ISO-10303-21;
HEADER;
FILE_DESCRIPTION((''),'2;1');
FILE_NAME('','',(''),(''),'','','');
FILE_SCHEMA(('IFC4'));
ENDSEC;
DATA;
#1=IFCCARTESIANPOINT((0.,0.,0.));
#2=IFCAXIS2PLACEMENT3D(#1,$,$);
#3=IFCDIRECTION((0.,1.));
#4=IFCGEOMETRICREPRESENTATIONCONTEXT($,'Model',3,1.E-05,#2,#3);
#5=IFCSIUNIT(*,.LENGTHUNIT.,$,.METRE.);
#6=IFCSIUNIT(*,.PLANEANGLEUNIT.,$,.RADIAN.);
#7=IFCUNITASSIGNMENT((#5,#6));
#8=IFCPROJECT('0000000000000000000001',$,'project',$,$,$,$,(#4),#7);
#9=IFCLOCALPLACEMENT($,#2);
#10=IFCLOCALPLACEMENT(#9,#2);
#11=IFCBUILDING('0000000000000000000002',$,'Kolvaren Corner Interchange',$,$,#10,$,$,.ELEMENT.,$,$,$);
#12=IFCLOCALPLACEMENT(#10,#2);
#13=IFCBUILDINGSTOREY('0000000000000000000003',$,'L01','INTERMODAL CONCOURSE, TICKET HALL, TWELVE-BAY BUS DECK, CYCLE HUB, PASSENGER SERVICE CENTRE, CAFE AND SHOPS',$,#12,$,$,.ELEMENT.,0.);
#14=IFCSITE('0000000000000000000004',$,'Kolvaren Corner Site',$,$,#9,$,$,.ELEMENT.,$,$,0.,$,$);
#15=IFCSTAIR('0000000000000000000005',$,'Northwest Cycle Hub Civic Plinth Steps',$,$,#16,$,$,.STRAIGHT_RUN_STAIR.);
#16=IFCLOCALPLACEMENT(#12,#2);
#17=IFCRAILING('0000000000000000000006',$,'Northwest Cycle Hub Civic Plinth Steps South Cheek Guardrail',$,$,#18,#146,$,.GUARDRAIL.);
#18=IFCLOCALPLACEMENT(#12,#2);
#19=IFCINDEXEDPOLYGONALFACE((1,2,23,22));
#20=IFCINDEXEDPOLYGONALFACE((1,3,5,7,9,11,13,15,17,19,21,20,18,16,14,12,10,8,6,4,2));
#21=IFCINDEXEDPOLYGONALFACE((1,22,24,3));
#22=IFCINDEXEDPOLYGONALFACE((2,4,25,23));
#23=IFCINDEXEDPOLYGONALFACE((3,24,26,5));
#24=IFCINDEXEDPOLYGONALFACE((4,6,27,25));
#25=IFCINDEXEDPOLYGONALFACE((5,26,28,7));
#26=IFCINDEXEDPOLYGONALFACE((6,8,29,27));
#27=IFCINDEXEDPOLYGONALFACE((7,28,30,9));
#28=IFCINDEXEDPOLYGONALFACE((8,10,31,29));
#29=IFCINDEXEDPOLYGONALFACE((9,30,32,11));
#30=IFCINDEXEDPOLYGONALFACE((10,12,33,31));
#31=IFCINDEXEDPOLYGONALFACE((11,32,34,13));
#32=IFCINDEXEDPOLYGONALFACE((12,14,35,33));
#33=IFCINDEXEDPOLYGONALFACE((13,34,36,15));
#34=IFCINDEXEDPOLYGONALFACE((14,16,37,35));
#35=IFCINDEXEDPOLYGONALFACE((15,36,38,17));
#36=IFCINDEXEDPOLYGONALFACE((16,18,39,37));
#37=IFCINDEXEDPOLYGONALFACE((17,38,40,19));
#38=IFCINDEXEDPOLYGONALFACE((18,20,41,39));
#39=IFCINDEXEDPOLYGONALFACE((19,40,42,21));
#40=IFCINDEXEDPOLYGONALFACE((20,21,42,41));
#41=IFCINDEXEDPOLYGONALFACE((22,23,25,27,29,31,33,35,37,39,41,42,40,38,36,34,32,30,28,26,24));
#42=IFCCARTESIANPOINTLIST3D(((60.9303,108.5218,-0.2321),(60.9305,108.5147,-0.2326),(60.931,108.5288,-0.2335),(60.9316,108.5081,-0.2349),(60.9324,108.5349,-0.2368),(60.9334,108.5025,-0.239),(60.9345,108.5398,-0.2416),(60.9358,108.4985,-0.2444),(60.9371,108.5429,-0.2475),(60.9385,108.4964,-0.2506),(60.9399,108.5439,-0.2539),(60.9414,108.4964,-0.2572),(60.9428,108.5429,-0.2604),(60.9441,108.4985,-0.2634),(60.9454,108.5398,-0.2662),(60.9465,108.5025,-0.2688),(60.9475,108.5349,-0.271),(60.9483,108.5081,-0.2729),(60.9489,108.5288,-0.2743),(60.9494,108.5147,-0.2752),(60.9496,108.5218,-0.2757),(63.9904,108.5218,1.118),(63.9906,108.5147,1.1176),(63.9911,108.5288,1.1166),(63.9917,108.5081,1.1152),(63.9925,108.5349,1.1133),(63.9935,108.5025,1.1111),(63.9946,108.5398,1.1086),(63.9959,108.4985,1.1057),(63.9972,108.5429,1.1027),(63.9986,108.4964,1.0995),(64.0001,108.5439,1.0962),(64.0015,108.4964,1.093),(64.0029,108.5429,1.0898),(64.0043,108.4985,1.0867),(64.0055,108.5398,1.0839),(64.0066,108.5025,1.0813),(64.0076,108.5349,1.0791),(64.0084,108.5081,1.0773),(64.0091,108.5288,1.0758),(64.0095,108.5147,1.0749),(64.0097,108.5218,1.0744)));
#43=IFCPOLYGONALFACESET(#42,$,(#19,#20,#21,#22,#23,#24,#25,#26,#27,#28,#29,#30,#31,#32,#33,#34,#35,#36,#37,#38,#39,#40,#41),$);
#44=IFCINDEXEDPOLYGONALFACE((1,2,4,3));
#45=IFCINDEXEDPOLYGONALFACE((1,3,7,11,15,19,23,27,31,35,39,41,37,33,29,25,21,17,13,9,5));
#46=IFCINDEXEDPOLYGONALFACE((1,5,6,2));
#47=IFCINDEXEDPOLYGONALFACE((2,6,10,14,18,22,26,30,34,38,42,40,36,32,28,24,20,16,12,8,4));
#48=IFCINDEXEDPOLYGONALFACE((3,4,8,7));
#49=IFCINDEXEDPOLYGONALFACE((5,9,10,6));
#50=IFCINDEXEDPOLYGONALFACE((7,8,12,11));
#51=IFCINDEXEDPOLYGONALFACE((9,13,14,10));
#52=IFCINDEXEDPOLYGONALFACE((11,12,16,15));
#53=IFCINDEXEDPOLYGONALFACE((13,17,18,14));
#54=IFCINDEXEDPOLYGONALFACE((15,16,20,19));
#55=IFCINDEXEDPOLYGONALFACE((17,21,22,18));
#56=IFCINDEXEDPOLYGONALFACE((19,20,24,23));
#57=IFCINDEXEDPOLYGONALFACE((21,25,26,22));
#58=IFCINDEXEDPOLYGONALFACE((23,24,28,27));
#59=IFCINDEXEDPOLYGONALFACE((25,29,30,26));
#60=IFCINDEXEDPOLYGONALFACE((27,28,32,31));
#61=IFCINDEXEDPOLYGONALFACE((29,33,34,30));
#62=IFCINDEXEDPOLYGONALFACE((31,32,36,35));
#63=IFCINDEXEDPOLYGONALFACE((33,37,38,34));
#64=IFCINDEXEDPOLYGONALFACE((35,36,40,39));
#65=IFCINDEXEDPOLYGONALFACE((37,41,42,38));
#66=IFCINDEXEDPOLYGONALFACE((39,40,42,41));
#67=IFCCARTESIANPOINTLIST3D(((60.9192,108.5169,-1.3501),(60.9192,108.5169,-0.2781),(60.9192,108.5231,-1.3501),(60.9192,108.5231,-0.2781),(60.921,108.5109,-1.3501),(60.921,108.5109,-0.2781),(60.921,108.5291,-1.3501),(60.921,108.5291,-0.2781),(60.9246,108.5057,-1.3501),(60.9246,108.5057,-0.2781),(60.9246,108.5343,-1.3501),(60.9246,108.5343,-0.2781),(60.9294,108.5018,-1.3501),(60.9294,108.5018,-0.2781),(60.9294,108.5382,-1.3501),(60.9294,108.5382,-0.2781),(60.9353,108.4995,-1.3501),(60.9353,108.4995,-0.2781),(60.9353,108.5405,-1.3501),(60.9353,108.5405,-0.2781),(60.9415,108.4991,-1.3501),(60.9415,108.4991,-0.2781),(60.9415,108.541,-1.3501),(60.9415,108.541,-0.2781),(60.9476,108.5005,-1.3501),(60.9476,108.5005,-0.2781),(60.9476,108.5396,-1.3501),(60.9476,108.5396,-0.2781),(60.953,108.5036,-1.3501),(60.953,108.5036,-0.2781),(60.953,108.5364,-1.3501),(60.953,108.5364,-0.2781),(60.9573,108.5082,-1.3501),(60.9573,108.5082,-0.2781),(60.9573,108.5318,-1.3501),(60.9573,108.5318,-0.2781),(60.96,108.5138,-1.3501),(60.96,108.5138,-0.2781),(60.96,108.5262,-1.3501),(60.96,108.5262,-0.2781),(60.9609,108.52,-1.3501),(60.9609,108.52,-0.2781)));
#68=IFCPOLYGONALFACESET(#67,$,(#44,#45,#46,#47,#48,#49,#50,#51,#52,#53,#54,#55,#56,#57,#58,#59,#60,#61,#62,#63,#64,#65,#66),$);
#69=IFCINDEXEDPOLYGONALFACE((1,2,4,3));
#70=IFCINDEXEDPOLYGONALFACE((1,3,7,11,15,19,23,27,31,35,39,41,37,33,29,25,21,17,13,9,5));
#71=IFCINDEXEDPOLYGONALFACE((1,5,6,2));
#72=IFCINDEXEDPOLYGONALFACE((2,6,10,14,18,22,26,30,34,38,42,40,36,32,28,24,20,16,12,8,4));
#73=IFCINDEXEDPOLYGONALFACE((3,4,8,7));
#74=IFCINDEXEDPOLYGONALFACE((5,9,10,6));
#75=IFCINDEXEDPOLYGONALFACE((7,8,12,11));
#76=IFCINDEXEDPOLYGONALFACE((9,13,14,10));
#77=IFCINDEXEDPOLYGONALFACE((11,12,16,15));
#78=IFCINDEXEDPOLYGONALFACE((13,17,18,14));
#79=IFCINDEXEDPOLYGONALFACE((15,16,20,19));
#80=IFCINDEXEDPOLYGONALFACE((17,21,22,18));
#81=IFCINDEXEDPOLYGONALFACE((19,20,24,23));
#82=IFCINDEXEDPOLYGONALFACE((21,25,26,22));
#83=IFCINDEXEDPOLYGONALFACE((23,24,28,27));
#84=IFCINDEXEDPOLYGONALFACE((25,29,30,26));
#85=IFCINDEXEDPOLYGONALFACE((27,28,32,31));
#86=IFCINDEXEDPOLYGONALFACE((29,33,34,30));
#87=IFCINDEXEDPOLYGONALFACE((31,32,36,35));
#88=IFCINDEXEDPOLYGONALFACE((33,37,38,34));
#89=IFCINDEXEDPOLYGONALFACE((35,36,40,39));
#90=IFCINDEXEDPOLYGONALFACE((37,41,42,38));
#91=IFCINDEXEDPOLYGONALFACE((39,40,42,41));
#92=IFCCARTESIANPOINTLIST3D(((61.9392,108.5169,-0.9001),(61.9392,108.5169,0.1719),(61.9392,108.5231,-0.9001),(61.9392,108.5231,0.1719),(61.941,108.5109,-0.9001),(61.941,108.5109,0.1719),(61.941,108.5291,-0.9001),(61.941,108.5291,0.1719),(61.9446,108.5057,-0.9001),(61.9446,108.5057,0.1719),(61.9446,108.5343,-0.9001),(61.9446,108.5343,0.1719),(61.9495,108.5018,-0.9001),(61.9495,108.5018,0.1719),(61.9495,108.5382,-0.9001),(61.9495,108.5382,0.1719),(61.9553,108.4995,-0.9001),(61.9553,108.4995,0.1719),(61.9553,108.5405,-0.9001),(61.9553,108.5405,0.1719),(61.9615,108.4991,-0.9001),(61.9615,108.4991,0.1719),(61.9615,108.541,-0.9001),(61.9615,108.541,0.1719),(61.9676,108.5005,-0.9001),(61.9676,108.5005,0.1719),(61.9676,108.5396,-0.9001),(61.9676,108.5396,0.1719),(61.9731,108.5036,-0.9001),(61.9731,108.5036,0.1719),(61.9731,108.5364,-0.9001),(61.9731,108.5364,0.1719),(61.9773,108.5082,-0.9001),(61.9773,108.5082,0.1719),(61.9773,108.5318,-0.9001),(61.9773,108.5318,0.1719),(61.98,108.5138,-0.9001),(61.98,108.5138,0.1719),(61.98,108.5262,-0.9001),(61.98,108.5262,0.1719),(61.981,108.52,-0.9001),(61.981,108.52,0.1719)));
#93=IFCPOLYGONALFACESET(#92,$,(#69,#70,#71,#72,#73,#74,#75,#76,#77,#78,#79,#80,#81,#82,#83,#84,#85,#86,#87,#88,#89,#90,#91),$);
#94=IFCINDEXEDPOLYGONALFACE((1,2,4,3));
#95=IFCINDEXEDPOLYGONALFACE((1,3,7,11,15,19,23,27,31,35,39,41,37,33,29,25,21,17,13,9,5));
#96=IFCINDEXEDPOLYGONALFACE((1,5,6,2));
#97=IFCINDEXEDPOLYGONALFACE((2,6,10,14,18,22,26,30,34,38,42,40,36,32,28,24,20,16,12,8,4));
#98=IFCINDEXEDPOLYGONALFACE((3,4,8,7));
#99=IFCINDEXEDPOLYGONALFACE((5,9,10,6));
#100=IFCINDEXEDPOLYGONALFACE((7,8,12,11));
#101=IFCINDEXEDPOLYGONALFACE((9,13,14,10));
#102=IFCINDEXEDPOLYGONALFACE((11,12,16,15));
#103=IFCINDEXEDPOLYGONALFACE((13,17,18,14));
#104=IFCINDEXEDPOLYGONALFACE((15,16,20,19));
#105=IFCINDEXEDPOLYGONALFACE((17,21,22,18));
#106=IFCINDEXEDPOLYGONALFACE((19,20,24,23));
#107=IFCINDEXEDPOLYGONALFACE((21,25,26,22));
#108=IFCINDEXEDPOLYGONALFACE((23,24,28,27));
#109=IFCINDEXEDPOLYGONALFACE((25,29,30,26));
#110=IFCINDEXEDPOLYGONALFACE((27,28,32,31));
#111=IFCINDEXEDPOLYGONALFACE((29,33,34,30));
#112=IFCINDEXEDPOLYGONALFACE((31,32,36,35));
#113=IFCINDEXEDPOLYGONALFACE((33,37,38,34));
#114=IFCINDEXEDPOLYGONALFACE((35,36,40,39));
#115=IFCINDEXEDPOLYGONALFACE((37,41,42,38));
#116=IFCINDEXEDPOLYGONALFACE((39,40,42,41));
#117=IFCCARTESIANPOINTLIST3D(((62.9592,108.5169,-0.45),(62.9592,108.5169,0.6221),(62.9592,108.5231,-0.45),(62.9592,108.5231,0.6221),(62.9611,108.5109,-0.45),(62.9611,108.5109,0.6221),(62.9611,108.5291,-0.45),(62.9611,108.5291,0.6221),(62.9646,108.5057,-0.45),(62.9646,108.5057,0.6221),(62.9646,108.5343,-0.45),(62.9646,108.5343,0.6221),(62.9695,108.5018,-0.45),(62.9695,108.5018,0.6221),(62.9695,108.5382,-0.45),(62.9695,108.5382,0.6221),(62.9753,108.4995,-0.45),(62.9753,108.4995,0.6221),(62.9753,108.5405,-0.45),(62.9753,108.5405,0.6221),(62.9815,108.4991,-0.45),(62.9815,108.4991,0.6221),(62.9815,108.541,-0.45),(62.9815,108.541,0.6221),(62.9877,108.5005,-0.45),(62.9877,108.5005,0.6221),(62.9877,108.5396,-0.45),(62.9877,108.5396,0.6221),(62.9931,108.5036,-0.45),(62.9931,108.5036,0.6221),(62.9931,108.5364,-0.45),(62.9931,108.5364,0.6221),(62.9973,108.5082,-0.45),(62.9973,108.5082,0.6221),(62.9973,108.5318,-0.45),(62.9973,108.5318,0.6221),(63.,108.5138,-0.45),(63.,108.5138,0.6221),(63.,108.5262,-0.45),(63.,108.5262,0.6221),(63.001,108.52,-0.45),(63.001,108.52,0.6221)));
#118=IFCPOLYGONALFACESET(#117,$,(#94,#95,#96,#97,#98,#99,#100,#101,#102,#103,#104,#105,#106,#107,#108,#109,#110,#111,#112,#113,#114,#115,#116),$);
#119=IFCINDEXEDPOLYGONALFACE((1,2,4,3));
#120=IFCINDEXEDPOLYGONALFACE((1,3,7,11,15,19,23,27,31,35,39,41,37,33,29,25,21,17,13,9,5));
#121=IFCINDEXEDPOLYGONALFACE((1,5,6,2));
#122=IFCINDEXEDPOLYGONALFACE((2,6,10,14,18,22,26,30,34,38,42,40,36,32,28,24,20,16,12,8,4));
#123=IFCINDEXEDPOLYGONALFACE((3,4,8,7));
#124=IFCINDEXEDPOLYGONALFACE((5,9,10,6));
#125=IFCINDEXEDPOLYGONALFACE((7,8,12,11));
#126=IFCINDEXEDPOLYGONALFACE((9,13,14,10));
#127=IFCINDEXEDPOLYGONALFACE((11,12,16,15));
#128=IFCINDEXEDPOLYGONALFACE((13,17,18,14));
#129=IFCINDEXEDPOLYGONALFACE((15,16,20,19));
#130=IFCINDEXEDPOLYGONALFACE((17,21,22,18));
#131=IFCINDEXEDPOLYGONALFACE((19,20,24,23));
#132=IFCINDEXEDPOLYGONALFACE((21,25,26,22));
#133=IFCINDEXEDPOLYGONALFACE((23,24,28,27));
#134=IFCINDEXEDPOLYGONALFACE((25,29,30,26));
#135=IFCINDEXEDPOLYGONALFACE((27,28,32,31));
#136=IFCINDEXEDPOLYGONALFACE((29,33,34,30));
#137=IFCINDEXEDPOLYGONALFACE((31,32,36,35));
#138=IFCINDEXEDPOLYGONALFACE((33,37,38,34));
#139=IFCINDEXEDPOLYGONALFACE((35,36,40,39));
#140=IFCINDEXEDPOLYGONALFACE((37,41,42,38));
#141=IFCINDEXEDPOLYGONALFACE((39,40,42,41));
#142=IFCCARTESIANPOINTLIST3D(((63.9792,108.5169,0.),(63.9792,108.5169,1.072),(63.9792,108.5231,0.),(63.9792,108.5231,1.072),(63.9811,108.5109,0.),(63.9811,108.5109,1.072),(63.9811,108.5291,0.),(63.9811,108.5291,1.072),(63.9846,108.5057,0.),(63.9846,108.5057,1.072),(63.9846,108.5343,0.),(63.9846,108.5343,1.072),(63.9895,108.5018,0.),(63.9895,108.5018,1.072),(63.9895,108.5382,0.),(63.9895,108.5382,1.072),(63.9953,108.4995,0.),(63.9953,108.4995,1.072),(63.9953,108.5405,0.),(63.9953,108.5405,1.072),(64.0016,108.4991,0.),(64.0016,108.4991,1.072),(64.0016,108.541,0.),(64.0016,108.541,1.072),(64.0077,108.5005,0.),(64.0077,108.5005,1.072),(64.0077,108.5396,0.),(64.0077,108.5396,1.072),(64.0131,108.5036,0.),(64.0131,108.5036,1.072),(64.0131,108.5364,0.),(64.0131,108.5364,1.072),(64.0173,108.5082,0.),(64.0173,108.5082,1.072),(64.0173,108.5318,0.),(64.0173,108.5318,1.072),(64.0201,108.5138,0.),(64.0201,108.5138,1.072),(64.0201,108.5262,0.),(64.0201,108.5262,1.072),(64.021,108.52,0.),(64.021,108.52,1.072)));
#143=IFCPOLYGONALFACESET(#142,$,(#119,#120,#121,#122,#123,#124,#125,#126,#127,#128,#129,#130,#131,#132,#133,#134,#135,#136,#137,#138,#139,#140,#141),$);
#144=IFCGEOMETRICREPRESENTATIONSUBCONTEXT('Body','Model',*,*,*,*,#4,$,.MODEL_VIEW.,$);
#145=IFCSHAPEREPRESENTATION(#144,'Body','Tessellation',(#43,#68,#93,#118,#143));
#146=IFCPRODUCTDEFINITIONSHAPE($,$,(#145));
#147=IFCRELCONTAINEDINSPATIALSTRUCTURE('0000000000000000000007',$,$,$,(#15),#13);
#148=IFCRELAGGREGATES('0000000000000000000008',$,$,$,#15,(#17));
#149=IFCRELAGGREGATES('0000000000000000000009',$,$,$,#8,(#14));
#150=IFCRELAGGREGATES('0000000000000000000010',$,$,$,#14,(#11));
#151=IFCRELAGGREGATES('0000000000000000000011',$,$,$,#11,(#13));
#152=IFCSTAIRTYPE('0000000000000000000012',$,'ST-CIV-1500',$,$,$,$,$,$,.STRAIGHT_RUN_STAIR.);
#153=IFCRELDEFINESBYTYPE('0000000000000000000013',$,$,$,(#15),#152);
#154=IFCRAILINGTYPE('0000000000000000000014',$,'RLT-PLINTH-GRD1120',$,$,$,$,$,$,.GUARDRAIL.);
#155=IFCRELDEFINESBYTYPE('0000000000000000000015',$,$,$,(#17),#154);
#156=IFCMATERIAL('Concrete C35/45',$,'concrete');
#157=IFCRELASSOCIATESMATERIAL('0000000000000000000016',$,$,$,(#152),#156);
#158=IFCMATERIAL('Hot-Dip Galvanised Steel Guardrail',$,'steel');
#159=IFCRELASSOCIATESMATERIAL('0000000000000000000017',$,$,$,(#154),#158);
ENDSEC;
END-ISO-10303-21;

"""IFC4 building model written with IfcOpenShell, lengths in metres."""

from ifc_helpers import new_model, si_unit, direction, frame, origin, origin_2d, place, context, subcontext, project, spatial, circle, extrude, material, type_object, element, aggregate, save


model = new_model("IFC4")

# Units and contexts
model_context = context("Model", 3, precision=1e-05, world=origin(), true_north=direction((0.0, 1.0)))
body_context = subcontext(model_context, "Body", "Model", "MODEL_VIEW")
ifc_project = project(units=[si_unit("LENGTHUNIT", "METRE"), si_unit("PLANEANGLEUNIT", "RADIAN")], contexts=[model_context])

# Site, building, storey
site_placement = place(None, origin())
site = spatial("IfcSite", under=ifc_project, at=site_placement, Name="Kolvaren Corner Site", CompositionType="ELEMENT", RefElevation=0.0)
building_placement = place(site_placement, origin())
building = spatial("IfcBuilding", under=site, at=building_placement, Name="Kolvaren Corner Interchange", CompositionType="ELEMENT")
storey_placement = place(building_placement, origin())
storey = spatial("IfcBuildingStorey", under=building, at=storey_placement, Name="L01", Description="INTERMODAL CONCOURSE, TICKET HALL, TWELVE-BAY BUS DECK, CYCLE HUB, PASSENGER SERVICE CENTRE, CAFE AND SHOPS", CompositionType="ELEMENT", Elevation=0.0)

# Stair
ifc_material_1 = material(Name="Concrete C35/45", Category="concrete")
stair_type = type_object("IfcStairType", Name="ST-CIV-1500", PredefinedType="STRAIGHT_RUN_STAIR", material=ifc_material_1)
stair_placement = place(storey_placement, origin())
stair = element("IfcStair", 1, at=stair_placement, inside=storey, type_object=stair_type, Name="Northwest Cycle Hub Civic Plinth Steps", PredefinedType="STRAIGHT_RUN_STAIR")

# Shared definitions
ifc_material_2 = material(Name="Hot-Dip Galvanised Steel Guardrail", Category="steel")
railing_type_1 = type_object("IfcRailingType", Name="RLT-PLINTH-GRD1120", PredefinedType="GUARDRAIL", material=ifc_material_2)

# Railing
railing_1_placement = place(storey_placement, frame((60.9399, 108.52, -1.3501)))
railing_1 = element("IfcRailing", 2, at=railing_1_placement, type_object=railing_type_1, Name="Northwest Cycle Hub Civic Plinth Steps South Cheek Guardrail", PredefinedType="GUARDRAIL", context=body_context, shape_type="SweptSolid", body=[
    extrude(circle(Radius=0.0239, at=origin_2d()), frame((0.0, 0.0, 1.0962), z_axis=(0.91491, 0.0, 0.403658), x_axis=(0.0, 1.0, 0.0)), (0.0, 0.0, 1.0), 3.3447),
    extrude(circle(Radius=0.021, at=origin_2d()), origin(), (0.0, 0.0, 1.0), 1.072),
    extrude(circle(Radius=0.021, at=origin_2d()), frame((1.02, 0.0, 0.45)), (0.0, 0.0, 1.0), 1.072),
    extrude(circle(Radius=0.021, at=origin_2d()), frame((2.04, 0.0, 0.9001)), (0.0, 0.0, 1.0), 1.072),
    extrude(circle(Radius=0.021, at=origin_2d()), frame((3.0601, 0.0, 1.3501)), (0.0, 0.0, 1.0), 1.072),
])

aggregate(stair, [railing_1])

save(model, "model.ifc")
